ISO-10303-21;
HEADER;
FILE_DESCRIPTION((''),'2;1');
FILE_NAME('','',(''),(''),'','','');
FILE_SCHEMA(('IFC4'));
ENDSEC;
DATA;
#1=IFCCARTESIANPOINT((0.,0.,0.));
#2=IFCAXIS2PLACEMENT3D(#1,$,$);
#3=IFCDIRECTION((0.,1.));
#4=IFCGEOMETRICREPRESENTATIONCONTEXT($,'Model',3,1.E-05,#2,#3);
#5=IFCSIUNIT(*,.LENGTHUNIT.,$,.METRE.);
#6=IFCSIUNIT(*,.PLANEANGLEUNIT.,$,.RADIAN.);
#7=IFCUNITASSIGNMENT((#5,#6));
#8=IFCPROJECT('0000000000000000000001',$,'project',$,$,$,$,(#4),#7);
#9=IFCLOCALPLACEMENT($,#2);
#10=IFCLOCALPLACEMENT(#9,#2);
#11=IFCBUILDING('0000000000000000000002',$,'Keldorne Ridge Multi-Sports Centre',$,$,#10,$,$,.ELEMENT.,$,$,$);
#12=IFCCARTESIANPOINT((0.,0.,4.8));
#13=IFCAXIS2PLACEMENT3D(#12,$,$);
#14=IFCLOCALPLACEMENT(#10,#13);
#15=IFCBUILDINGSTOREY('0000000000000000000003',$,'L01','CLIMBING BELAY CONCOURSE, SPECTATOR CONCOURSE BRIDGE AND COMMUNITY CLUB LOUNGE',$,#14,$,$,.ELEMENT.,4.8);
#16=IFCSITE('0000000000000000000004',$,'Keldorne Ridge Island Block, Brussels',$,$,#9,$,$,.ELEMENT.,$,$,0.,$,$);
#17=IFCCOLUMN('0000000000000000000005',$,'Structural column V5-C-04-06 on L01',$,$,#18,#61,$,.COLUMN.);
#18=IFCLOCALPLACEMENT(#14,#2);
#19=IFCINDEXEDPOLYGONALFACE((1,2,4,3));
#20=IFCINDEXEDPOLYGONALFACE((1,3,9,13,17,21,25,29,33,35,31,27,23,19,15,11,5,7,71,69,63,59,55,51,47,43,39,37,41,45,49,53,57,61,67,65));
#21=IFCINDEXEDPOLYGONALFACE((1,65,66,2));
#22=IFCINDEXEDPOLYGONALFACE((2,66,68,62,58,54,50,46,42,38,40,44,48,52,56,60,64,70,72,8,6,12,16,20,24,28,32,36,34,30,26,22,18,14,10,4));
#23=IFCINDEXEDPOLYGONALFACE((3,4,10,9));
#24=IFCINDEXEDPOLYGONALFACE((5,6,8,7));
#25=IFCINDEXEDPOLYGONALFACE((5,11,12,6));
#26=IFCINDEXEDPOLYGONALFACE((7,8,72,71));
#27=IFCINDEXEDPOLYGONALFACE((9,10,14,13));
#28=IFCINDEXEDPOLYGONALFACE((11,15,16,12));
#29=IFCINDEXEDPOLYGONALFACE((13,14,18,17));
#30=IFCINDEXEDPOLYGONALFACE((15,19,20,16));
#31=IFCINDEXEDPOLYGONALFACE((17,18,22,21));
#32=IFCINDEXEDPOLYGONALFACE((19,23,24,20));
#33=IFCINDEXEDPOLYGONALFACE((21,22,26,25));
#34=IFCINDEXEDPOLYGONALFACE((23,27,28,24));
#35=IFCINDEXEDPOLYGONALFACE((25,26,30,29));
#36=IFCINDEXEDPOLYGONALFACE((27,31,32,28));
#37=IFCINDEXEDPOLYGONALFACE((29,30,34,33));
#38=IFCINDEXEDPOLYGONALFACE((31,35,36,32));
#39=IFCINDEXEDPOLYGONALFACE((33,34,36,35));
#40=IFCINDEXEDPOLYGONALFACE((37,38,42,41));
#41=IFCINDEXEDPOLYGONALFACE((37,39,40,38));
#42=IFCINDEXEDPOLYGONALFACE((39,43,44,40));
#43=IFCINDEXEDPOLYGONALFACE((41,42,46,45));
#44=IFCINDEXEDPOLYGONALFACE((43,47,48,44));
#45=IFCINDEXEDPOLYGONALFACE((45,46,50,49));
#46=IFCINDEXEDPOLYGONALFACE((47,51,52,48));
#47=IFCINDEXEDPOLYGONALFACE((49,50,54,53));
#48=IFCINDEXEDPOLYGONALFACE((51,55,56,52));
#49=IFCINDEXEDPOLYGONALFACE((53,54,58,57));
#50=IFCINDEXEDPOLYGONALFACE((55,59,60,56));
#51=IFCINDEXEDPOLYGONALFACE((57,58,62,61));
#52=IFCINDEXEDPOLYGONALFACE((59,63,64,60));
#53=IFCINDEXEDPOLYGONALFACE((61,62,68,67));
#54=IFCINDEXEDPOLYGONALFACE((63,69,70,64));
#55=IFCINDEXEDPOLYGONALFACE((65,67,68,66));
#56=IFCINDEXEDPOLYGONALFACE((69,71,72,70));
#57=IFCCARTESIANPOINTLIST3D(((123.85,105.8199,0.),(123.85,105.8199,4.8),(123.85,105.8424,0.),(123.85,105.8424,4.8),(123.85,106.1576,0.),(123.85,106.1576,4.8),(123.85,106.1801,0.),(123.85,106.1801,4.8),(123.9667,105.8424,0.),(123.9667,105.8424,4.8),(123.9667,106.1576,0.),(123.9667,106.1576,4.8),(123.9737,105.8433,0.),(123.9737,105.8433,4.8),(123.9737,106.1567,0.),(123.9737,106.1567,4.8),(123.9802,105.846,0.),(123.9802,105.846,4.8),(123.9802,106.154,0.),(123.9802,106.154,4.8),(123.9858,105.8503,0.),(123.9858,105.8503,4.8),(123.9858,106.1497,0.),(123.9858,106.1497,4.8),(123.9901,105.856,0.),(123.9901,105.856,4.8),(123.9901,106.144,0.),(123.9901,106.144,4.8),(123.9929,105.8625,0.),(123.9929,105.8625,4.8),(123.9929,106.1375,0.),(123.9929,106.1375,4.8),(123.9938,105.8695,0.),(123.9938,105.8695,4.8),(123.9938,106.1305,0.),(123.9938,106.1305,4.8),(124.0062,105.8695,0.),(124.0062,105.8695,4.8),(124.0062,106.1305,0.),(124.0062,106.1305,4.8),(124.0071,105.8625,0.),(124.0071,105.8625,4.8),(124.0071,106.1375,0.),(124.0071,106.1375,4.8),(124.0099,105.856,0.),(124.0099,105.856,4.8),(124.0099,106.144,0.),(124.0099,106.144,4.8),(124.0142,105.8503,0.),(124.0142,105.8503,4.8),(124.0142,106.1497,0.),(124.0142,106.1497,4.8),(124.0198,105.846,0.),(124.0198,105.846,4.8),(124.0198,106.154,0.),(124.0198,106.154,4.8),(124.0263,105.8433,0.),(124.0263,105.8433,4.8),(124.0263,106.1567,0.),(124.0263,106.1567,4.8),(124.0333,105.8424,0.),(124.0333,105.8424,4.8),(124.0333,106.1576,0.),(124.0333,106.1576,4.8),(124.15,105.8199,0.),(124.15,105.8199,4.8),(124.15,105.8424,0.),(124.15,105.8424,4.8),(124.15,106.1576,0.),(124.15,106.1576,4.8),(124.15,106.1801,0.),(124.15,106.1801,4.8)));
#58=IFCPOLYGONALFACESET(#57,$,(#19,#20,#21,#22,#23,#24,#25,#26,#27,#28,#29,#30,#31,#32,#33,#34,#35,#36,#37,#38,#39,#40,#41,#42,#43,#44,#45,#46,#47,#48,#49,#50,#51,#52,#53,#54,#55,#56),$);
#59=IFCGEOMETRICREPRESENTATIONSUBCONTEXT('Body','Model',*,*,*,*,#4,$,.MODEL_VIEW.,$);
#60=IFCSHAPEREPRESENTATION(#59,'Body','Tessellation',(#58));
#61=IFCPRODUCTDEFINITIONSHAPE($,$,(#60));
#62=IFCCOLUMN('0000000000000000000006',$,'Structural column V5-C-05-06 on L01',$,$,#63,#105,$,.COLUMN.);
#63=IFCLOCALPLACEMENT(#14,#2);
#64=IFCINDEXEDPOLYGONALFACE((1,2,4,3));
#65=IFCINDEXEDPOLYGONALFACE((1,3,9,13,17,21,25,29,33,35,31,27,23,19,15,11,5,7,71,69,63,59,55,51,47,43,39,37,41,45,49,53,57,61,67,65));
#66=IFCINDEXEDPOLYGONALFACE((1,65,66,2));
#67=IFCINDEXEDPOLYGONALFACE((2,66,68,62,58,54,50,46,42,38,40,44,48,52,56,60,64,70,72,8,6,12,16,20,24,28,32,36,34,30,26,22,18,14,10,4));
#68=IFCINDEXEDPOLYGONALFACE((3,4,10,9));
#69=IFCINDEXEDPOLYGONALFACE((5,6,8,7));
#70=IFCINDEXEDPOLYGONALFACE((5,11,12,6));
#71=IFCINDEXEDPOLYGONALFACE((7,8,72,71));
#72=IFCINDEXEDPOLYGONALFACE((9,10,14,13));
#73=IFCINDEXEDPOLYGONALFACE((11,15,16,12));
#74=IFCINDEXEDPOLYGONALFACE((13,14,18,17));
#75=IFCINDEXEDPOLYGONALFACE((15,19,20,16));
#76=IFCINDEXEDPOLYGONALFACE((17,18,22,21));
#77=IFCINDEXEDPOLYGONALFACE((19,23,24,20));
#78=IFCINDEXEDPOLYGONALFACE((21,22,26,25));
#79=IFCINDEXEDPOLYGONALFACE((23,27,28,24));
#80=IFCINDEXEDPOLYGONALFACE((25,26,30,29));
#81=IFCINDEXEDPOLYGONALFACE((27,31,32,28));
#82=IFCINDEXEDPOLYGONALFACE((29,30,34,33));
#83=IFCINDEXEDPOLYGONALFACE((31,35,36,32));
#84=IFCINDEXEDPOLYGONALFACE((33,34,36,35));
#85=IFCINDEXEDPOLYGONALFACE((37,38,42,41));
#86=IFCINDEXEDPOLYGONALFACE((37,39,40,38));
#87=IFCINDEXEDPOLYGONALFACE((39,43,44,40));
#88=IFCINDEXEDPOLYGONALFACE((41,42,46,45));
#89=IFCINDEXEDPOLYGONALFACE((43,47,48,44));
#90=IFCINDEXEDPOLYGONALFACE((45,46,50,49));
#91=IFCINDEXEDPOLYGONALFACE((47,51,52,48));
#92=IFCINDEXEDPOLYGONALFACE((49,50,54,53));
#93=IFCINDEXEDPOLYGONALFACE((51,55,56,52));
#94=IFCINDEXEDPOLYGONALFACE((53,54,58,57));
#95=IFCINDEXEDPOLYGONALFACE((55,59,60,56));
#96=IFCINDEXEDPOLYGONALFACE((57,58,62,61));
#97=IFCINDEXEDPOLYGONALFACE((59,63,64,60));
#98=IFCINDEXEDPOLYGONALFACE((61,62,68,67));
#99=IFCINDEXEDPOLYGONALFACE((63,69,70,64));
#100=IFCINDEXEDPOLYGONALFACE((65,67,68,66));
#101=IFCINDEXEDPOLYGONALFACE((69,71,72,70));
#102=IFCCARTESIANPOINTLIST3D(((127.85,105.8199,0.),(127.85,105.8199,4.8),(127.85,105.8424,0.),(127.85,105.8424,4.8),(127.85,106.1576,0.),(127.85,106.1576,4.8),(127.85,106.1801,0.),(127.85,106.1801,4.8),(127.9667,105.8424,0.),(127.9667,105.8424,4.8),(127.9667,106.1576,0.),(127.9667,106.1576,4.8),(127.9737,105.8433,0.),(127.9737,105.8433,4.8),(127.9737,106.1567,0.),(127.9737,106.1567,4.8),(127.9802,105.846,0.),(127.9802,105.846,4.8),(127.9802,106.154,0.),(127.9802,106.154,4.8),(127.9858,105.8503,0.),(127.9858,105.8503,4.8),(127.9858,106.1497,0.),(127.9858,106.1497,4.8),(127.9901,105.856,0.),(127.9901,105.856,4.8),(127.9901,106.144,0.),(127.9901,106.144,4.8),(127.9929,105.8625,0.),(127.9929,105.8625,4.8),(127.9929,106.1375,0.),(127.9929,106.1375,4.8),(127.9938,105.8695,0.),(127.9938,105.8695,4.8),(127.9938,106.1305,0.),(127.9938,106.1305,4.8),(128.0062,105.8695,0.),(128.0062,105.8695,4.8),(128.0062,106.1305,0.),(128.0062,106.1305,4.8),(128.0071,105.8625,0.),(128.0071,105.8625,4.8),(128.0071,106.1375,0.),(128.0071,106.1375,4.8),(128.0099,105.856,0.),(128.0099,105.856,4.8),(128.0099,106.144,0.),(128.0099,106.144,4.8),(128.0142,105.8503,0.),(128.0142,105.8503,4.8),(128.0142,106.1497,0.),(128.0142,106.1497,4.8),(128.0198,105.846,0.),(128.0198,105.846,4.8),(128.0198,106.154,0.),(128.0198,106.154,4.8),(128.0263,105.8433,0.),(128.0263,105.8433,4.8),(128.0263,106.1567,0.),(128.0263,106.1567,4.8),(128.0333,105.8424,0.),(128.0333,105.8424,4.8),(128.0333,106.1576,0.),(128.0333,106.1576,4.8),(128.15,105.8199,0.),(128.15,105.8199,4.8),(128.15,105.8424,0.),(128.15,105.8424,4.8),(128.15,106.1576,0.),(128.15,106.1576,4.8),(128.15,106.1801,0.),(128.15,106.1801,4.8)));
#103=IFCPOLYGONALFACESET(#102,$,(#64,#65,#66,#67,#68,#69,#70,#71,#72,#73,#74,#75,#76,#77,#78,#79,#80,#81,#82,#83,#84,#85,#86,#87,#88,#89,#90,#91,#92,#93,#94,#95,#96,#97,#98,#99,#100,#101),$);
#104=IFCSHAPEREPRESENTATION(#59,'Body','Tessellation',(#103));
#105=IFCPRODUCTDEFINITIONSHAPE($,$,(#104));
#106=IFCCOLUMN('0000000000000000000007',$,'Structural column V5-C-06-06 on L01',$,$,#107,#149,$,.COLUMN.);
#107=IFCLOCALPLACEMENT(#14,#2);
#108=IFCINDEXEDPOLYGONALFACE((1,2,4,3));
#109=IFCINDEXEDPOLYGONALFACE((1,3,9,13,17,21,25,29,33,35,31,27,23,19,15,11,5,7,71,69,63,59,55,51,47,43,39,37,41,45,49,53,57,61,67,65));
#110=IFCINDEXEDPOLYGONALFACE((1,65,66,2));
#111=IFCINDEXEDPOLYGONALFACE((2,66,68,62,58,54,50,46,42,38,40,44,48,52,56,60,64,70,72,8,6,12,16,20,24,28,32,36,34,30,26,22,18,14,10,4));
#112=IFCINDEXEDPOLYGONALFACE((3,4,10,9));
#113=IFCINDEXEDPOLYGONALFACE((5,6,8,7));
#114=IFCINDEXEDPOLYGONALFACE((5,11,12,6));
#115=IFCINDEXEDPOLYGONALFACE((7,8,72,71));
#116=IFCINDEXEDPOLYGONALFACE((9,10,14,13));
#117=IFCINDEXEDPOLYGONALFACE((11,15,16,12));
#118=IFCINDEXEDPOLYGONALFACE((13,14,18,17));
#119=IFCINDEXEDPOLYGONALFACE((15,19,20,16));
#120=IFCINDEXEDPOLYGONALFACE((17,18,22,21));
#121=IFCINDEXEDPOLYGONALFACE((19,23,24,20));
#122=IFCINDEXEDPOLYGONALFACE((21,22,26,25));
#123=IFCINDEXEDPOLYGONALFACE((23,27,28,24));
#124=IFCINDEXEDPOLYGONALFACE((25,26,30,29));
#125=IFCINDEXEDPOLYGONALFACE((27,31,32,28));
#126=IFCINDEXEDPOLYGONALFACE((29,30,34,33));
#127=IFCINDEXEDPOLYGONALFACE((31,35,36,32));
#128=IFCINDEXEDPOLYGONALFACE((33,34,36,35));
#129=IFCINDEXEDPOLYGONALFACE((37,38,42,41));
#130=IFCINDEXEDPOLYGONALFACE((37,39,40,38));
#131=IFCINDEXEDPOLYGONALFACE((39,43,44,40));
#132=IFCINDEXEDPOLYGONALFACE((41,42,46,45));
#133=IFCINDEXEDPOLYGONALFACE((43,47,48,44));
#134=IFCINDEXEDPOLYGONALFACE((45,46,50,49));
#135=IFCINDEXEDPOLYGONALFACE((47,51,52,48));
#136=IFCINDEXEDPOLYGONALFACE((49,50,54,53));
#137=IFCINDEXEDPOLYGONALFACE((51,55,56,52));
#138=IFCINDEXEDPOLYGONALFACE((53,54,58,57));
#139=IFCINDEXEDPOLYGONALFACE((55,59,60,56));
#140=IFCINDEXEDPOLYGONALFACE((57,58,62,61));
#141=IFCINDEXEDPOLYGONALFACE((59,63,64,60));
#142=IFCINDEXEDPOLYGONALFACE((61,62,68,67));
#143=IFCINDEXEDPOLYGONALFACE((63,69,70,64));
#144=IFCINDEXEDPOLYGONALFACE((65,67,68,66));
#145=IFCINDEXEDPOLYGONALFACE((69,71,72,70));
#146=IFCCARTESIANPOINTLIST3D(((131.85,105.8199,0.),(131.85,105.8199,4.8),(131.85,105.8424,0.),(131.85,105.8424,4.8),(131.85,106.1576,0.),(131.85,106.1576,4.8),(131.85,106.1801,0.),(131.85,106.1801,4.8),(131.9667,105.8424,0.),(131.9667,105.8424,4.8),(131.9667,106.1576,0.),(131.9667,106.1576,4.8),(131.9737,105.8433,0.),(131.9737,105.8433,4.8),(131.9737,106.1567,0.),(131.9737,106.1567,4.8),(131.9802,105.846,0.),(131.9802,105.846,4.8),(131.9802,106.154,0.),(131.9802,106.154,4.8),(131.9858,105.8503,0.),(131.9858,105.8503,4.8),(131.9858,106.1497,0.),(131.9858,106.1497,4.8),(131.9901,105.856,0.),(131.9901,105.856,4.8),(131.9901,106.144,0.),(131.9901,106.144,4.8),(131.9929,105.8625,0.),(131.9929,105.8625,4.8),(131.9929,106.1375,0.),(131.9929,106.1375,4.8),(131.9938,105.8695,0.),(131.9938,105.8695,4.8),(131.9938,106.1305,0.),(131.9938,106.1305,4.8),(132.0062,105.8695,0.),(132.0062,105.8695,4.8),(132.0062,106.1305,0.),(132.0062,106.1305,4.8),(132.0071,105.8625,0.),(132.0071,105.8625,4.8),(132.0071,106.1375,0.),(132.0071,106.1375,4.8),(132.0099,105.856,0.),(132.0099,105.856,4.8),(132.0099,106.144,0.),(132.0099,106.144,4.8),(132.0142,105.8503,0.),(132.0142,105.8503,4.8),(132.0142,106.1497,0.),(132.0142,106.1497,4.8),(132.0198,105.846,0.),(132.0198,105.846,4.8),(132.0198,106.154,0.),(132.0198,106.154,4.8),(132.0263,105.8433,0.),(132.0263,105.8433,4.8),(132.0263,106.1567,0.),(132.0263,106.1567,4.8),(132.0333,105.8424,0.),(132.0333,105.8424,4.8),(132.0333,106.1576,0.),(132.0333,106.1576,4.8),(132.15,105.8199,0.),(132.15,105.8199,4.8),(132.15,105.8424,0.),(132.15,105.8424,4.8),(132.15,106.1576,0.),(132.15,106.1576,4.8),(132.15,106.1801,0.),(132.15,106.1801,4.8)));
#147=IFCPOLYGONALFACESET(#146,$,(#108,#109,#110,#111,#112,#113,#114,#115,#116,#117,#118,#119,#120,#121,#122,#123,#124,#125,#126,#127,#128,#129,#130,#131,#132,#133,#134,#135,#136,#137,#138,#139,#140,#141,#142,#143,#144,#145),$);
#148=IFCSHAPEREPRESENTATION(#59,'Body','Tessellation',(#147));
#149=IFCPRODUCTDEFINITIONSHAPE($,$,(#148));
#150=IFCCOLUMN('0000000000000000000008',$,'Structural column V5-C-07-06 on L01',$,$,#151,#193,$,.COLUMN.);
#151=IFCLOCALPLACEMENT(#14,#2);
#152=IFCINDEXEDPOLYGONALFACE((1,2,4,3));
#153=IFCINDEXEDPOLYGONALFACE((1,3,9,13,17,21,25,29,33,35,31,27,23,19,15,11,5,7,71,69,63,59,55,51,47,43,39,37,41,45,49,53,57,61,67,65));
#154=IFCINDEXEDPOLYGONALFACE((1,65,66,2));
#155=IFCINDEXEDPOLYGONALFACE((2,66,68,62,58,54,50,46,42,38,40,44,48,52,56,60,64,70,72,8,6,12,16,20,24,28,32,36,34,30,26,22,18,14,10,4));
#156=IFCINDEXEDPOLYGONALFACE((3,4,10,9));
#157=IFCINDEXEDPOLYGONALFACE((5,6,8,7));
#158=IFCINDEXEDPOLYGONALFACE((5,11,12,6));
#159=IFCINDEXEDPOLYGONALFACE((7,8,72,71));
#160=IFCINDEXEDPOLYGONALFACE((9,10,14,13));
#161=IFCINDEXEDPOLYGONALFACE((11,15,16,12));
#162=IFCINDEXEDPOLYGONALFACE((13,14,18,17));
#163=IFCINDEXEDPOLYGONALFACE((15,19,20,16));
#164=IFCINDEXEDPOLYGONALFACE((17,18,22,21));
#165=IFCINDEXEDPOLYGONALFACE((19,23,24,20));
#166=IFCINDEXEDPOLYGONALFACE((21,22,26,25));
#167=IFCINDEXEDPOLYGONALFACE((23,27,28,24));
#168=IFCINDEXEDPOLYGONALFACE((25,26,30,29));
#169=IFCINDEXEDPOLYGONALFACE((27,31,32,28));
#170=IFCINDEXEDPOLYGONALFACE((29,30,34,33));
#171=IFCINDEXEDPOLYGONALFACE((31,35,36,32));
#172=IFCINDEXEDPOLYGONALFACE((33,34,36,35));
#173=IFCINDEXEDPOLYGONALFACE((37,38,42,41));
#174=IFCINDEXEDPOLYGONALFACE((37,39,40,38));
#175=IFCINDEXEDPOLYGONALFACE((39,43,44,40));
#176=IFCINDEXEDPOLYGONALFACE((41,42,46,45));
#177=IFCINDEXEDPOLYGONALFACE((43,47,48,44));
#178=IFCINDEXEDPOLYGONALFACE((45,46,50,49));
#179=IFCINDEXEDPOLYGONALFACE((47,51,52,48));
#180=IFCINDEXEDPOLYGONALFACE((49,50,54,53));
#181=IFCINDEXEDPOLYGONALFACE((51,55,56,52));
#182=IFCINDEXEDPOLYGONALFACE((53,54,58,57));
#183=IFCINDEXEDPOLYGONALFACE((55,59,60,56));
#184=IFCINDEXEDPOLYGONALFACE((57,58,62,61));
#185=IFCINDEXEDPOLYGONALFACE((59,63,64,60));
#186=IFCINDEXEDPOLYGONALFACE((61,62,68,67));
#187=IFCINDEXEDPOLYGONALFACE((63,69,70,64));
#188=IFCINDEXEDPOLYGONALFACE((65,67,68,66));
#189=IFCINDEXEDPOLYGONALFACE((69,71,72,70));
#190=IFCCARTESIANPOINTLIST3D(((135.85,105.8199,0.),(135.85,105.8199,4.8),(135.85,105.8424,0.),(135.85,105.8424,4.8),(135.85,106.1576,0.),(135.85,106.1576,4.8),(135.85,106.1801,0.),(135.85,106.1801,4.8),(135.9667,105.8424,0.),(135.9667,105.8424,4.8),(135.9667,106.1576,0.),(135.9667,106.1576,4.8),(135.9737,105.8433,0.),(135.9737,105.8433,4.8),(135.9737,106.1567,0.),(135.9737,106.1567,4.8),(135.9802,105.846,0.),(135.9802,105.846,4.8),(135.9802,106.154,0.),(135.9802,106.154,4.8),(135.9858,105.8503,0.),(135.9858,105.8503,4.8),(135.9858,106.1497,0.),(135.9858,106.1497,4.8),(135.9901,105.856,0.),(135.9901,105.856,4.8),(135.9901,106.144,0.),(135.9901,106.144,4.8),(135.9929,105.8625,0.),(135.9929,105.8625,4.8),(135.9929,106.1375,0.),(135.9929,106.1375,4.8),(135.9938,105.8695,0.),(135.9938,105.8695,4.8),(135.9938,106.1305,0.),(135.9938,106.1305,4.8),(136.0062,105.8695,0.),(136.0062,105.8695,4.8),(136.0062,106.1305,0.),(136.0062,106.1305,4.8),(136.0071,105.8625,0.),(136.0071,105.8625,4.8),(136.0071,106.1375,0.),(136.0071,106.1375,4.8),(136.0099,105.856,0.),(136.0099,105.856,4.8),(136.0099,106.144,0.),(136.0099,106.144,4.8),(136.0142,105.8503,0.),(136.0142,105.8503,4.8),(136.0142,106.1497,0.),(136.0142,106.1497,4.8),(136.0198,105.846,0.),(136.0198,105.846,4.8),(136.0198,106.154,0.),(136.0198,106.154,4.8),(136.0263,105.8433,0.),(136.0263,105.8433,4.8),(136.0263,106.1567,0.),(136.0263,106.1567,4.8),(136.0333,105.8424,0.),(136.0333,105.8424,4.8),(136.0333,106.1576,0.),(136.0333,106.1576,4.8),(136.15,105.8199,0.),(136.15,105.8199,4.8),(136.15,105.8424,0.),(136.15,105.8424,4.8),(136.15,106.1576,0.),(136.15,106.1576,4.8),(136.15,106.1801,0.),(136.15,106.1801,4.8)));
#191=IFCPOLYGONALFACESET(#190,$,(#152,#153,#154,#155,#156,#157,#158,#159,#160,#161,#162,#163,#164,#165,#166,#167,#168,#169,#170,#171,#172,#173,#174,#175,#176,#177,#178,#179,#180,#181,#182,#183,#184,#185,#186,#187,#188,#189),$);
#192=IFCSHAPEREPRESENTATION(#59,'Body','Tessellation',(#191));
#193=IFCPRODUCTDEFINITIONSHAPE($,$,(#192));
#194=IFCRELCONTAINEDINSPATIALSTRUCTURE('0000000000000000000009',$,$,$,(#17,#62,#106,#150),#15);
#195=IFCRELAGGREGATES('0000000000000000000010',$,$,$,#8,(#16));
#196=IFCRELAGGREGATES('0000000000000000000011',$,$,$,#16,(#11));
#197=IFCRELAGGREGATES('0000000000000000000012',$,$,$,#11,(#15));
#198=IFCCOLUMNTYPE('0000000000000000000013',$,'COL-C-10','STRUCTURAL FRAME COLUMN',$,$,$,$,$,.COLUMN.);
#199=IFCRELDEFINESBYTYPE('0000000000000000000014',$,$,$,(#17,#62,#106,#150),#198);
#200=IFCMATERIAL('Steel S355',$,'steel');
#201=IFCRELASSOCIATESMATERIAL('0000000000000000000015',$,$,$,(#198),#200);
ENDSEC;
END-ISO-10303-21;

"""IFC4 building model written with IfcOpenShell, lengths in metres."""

from ifc_helpers import new_model, si_unit, direction, frame, origin, origin_2d, place, context, subcontext, project, spatial, i_section, extrude, material, material_profile, profile_set, type_object, element, save


model = new_model("IFC4")

# Units and contexts
model_context = context("Model", 3, precision=1e-05, world=origin(), true_north=direction((0.0, 1.0)))
body_context = subcontext(model_context, "Body", "Model", "MODEL_VIEW")
ifc_project = project(units=[si_unit("LENGTHUNIT", "METRE"), si_unit("PLANEANGLEUNIT", "RADIAN")], contexts=[model_context])

# Site, building, storey
site_placement = place(None, origin())
site = spatial("IfcSite", under=ifc_project, at=site_placement, Name="Keldorne Ridge Island Block, Brussels", CompositionType="ELEMENT", RefElevation=0.0)
building_placement = place(site_placement, origin())
building = spatial("IfcBuilding", under=site, at=building_placement, Name="Keldorne Ridge Multi-Sports Centre", CompositionType="ELEMENT")
storey_placement = place(building_placement, frame((0.0, 0.0, 4.8)))
storey = spatial("IfcBuildingStorey", under=building, at=storey_placement, Name="L01", Description="CLIMBING BELAY CONCOURSE, SPECTATOR CONCOURSE BRIDGE AND COMMUNITY CLUB LOUNGE", CompositionType="ELEMENT", Elevation=4.8)

# Columns
ifc_material_1 = material(Name="Steel S355", Category="steel")
ifc_material_profile_1 = material_profile(ifc_material_1, i_section(OverallWidth=0.3, OverallDepth=0.3601, WebThickness=0.0125, FlangeThickness=0.0225, FilletRadius=0.0271, at=origin_2d()), Name="HEB 360")
ifc_profile_set_1 = profile_set([ifc_material_profile_1], Name="Steel S355")
column_type = type_object("IfcColumnType", Name="COL-C-10", Description="STRUCTURAL FRAME COLUMN", PredefinedType="COLUMN", material=ifc_profile_set_1)
for number, where, z_axis, x_axis, name in (
    (1, (124.0, 106.0, 0.0), (0.0, 0.0, 1.0), (1.0, 0.0, 0.0), "Structural column V5-C-04-06 on L01"),
    (2, (128.0, 106.0, 0.0), (0.0, 0.0, 1.0), (1.0, 0.0, 0.0), "Structural column V5-C-05-06 on L01"),
    (3, (132.0, 106.0, 0.0), (0.0, 0.0, 1.0), (1.0, 0.0, 0.0), "Structural column V5-C-06-06 on L01"),
    (4, (136.0, 106.0, 0.0), (0.0, 0.0, 1.0), (1.0, 0.0, 0.0), "Structural column V5-C-07-06 on L01"),
):
    element("IfcColumn", number, at=place(storey_placement, frame(where, z_axis=z_axis, x_axis=x_axis)), inside=storey, type_object=column_type, Name=name, PredefinedType="COLUMN", context=body_context, shape_type="SweptSolid", body=[
        extrude(i_section(OverallWidth=0.3, OverallDepth=0.3601, WebThickness=0.0125, FlangeThickness=0.0225, FilletRadius=0.0271, at=origin_2d()), origin(), (0.0, 0.0, 1.0), 4.8),
    ])

save(model, "model.ifc")
